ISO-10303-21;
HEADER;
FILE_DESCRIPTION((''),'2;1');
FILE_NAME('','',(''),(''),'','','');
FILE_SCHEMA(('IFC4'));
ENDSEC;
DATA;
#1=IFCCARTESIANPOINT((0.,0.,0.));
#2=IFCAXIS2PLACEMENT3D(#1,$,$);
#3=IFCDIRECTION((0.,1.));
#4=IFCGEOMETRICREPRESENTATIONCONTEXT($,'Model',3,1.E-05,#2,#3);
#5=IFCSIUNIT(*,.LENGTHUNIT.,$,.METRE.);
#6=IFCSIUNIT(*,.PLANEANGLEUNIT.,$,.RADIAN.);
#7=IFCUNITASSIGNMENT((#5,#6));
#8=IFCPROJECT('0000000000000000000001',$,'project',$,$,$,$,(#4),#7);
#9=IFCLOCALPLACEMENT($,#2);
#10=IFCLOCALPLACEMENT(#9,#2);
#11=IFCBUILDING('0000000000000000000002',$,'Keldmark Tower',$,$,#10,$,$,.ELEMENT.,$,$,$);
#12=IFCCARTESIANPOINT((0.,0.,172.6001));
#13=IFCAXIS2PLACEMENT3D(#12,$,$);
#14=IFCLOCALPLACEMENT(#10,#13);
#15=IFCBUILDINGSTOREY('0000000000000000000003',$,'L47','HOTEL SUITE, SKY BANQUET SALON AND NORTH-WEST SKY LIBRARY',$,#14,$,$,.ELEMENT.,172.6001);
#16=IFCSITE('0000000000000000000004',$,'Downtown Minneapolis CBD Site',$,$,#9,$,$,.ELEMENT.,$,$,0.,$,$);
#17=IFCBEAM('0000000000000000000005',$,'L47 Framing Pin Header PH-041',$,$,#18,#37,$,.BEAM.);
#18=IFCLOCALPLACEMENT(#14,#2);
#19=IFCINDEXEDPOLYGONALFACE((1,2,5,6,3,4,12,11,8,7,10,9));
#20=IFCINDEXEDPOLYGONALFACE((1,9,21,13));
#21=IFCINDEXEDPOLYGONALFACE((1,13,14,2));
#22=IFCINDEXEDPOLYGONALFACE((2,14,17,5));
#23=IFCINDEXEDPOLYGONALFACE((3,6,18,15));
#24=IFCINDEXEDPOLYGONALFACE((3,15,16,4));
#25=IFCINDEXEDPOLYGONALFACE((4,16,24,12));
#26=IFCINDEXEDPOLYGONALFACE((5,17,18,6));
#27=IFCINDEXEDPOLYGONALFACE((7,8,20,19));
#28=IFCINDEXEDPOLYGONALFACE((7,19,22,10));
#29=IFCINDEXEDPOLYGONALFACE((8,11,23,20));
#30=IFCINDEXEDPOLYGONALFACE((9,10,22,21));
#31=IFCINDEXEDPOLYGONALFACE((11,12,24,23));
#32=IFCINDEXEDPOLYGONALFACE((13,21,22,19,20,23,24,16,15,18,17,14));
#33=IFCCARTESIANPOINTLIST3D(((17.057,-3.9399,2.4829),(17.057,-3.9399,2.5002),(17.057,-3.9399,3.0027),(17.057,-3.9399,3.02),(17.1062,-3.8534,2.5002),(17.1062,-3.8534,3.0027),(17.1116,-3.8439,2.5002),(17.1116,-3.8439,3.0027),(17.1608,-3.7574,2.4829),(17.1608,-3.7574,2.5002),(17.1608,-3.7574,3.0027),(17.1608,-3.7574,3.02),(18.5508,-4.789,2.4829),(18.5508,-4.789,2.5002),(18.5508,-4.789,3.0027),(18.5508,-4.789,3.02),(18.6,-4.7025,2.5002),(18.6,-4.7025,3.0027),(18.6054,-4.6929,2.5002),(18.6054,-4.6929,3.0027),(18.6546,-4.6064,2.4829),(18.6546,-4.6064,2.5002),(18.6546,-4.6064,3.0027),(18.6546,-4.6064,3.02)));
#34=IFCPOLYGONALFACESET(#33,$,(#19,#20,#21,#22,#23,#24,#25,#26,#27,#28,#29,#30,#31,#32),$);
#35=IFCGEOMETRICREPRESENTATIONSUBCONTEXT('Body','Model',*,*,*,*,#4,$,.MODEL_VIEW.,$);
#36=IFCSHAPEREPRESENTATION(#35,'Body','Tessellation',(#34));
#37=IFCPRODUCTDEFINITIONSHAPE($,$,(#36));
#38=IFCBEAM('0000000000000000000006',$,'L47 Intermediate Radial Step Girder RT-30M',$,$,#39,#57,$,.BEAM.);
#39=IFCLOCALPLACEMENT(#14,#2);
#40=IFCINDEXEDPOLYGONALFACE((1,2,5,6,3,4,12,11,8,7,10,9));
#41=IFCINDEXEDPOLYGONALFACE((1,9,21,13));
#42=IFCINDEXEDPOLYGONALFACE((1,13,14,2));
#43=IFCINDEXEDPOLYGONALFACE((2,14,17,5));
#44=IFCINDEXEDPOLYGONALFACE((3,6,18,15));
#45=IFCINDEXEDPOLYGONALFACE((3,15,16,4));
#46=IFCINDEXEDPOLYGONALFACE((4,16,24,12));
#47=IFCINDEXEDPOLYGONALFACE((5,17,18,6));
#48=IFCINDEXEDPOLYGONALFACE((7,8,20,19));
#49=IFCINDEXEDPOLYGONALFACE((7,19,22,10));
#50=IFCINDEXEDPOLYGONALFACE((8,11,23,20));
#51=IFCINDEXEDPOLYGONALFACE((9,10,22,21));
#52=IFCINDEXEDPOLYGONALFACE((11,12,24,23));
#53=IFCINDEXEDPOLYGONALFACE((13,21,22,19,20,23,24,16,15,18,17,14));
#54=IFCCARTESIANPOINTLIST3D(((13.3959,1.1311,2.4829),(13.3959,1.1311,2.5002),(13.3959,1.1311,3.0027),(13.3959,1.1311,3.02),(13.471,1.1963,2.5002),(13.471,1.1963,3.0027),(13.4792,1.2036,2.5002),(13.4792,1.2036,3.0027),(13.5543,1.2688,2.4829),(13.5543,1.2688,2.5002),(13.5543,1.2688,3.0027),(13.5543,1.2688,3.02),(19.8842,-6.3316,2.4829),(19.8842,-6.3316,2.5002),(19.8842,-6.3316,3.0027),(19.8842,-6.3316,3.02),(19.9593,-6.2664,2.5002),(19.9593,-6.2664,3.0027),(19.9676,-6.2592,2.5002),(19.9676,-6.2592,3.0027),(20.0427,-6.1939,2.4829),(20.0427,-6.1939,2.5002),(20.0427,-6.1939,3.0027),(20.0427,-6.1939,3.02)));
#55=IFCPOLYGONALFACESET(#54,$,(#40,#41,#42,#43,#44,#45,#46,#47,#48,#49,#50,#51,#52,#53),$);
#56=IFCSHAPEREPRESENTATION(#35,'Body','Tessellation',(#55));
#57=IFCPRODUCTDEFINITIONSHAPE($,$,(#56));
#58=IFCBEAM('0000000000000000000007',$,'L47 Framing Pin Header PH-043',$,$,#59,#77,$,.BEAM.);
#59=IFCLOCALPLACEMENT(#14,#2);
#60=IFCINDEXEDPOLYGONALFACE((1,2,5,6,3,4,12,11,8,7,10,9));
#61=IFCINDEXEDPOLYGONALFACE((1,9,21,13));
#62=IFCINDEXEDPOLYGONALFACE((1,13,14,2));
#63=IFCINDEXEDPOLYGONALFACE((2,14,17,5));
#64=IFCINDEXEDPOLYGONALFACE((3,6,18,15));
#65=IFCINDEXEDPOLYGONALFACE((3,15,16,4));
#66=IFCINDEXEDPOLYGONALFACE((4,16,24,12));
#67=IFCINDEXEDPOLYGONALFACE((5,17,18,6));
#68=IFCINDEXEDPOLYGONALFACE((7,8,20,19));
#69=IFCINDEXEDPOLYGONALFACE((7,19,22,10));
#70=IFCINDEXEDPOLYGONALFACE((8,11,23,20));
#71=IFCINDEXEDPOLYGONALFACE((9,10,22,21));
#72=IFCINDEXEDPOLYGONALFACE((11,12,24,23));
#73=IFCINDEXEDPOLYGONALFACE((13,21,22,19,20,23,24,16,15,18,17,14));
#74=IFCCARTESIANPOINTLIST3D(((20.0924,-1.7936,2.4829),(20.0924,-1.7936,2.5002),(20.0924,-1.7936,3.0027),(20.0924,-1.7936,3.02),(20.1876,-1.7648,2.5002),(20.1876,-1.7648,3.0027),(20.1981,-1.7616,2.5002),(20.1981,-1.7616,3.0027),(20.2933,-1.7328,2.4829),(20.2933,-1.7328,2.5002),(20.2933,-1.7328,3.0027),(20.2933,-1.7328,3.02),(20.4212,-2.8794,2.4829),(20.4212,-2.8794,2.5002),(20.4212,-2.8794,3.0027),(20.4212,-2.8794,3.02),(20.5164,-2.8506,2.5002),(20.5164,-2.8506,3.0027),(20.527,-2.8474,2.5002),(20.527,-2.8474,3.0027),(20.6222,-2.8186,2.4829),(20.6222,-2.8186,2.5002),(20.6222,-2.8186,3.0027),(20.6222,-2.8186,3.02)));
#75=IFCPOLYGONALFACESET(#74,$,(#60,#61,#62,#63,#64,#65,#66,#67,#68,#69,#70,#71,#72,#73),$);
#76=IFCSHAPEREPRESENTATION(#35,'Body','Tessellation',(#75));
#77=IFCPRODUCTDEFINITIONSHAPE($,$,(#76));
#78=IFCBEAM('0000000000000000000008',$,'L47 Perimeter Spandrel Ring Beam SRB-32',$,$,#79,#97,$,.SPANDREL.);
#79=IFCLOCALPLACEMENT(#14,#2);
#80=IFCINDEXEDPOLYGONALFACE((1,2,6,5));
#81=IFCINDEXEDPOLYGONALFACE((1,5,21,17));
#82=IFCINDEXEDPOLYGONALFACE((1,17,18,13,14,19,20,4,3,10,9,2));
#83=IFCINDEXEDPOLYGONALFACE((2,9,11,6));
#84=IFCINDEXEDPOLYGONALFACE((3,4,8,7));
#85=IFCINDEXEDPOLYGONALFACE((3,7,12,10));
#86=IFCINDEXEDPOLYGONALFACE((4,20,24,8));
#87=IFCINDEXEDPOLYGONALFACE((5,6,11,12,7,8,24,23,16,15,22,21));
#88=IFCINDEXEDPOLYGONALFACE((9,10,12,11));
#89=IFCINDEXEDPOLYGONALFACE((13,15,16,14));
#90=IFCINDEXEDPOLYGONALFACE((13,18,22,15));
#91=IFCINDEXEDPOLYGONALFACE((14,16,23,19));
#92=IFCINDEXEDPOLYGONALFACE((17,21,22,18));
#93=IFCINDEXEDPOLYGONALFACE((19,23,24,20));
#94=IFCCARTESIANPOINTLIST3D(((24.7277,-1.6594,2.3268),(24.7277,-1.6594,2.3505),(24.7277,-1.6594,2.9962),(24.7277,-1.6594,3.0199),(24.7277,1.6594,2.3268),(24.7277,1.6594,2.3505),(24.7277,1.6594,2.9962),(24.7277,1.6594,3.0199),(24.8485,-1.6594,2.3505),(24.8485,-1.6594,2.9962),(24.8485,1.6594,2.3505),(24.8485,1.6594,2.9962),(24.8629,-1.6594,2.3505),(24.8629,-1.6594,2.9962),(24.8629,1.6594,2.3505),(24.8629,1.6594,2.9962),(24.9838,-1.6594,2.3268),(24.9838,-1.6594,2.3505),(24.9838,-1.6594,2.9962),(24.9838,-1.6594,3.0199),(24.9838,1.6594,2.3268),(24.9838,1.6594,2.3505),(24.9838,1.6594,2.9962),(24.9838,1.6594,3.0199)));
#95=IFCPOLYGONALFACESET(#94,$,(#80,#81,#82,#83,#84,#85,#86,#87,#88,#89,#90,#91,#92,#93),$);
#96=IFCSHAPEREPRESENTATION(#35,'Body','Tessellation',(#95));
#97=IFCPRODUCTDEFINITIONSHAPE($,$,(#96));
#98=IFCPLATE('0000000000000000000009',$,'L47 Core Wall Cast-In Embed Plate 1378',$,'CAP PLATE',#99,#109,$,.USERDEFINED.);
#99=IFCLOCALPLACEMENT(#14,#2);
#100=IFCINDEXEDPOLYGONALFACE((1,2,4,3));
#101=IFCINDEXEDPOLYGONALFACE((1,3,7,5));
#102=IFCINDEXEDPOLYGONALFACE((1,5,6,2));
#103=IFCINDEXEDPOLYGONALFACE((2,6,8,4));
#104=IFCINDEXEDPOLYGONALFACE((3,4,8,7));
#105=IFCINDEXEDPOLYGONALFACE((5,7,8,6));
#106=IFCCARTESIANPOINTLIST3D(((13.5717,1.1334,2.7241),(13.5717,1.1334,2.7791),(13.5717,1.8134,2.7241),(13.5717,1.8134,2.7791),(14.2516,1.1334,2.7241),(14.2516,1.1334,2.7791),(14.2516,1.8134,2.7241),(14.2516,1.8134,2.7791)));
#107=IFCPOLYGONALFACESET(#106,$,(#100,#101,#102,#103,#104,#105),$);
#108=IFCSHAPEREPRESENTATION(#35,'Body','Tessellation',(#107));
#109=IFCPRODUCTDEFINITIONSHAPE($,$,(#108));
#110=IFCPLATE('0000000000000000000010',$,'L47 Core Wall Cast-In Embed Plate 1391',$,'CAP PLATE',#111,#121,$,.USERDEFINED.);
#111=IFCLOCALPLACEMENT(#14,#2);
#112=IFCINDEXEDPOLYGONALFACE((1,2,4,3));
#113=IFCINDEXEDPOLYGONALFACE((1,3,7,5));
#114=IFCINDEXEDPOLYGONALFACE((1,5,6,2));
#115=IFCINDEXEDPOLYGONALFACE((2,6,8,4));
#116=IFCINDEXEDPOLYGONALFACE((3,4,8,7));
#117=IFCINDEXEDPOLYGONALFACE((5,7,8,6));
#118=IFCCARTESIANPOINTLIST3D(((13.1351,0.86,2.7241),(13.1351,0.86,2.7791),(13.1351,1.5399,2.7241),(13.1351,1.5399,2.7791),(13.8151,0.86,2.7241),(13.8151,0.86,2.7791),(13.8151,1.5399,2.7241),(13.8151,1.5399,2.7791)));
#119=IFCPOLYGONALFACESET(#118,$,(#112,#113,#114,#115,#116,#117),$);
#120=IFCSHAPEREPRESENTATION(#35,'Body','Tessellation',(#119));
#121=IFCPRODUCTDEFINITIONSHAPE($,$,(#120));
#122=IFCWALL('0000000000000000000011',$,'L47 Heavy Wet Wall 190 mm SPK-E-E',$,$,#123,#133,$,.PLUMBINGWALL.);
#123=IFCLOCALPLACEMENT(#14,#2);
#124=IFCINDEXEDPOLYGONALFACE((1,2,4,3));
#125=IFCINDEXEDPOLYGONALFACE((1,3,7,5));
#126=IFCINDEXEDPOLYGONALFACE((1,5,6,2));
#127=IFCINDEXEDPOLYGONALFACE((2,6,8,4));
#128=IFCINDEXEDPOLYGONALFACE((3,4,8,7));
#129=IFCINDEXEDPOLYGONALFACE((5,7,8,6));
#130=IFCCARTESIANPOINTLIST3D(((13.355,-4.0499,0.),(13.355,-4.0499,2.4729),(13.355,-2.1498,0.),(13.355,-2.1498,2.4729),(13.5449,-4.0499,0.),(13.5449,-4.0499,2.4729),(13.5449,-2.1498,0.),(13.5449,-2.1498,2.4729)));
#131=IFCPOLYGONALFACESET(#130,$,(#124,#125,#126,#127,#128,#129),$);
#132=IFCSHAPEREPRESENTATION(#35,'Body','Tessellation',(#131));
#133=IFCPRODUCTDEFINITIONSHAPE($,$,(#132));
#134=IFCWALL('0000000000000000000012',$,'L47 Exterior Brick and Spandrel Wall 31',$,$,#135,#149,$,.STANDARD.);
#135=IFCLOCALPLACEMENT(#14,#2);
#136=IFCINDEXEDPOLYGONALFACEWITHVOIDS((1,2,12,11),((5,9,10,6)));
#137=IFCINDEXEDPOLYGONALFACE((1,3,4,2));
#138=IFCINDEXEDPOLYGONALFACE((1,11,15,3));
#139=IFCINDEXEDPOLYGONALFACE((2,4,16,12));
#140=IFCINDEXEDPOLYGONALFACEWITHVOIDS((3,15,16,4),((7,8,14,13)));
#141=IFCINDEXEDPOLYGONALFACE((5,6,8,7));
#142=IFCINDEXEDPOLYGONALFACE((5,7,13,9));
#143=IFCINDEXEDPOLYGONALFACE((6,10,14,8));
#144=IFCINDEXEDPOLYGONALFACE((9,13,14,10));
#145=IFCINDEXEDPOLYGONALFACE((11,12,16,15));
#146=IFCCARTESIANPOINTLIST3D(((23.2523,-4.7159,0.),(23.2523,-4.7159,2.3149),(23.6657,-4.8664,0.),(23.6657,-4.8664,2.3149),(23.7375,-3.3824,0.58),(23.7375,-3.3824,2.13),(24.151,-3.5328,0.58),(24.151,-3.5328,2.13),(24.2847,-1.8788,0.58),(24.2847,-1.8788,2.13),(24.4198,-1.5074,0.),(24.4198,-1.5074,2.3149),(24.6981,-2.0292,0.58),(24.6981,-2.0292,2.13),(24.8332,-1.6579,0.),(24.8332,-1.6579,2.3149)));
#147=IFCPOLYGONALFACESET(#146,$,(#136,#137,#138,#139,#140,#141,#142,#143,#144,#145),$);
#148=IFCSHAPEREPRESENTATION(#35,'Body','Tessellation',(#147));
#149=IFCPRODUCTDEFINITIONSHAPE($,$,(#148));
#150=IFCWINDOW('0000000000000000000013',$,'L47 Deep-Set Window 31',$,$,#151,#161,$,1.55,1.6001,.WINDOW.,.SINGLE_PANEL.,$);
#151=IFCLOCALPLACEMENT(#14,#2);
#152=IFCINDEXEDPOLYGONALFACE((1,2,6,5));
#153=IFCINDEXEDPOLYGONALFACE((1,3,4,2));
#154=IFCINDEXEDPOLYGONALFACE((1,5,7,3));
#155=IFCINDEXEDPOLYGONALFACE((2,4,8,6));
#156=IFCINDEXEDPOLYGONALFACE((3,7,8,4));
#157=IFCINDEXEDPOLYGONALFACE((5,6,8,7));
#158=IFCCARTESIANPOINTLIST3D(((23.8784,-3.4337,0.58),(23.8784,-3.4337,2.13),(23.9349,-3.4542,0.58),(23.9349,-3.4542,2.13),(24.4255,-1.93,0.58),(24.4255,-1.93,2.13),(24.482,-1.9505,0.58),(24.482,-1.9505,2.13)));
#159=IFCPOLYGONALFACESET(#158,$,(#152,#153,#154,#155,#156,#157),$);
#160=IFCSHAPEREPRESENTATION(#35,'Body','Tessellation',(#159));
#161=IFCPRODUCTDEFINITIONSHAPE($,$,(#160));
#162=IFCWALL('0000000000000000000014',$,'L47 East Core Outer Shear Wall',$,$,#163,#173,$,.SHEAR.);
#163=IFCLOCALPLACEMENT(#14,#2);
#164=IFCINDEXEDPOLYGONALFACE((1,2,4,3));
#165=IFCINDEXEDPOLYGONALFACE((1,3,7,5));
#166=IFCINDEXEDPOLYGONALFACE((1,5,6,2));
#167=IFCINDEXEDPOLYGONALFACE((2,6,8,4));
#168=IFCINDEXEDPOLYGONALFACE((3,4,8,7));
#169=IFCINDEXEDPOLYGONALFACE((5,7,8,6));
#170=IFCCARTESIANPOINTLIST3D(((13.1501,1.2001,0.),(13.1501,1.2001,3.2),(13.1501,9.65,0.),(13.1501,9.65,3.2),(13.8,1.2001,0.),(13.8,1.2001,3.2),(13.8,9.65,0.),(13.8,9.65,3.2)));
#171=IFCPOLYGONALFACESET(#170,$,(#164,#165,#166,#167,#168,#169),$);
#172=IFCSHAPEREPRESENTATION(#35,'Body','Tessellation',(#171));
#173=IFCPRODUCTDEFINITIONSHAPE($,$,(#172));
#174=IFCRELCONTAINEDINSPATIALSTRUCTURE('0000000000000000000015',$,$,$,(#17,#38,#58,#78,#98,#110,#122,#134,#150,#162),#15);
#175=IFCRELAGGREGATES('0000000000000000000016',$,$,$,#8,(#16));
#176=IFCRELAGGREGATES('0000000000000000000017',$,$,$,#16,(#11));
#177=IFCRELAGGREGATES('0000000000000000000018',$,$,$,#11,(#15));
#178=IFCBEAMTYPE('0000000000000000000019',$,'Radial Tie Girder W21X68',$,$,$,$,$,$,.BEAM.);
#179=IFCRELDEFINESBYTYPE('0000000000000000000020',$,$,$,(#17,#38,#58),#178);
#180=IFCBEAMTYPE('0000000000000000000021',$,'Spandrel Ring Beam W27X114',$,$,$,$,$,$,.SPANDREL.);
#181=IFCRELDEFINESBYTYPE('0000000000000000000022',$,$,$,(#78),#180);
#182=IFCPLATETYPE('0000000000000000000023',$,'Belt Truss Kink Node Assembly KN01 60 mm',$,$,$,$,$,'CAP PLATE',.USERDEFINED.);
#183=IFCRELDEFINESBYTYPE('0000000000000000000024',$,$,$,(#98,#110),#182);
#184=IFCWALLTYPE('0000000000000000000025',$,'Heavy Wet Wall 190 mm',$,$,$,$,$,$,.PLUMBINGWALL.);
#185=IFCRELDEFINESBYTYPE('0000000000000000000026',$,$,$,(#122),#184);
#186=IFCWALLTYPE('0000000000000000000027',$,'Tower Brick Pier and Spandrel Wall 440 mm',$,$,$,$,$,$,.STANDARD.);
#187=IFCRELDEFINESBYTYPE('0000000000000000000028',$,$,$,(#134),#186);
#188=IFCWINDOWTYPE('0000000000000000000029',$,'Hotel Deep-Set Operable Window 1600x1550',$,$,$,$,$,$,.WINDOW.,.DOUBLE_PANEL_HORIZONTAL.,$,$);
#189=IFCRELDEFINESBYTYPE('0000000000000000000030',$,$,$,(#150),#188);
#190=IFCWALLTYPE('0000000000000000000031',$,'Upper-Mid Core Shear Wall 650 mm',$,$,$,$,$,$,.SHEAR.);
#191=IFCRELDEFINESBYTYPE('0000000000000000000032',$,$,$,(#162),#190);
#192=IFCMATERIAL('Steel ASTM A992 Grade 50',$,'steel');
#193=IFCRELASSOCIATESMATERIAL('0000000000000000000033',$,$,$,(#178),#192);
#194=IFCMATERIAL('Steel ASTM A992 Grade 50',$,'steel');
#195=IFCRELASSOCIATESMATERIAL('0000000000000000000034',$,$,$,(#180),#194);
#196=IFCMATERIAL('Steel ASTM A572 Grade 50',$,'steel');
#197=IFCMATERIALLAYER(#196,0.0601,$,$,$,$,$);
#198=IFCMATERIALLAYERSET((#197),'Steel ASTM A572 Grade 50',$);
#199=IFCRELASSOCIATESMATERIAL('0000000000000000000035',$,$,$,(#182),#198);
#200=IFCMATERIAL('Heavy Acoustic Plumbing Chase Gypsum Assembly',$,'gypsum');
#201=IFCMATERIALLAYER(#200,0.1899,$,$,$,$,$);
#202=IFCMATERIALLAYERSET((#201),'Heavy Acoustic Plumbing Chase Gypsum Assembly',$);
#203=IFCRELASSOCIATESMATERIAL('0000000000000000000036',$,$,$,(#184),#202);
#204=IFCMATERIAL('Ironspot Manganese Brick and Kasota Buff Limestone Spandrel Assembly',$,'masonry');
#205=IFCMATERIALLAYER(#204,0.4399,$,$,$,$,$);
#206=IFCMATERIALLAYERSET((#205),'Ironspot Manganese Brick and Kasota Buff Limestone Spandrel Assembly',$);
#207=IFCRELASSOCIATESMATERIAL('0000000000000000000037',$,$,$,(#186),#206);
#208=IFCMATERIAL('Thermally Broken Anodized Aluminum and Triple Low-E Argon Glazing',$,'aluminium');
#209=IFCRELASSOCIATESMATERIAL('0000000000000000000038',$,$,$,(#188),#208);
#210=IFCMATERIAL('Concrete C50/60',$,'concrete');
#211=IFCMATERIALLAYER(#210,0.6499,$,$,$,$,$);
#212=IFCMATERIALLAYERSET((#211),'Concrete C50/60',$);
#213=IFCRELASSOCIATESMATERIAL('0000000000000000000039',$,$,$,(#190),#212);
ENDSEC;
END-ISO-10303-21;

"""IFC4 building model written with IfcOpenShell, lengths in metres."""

from ifc_helpers import new_model, si_unit, direction, frame, frame_2d, origin, origin_2d, place, context, subcontext, project, spatial, rectangle, i_section, extrude, material, layer, layer_set, material_profile, profile_set, type_object, element, fill, save


model = new_model("IFC4")

# Units and contexts
model_context = context("Model", 3, precision=1e-05, world=origin(), true_north=direction((0.0, 1.0)))
body_context = subcontext(model_context, "Body", "Model", "MODEL_VIEW")
ifc_project = project(units=[si_unit("LENGTHUNIT", "METRE"), si_unit("PLANEANGLEUNIT", "RADIAN")], contexts=[model_context])

# Site, building, storey
site_placement = place(None, origin())
site = spatial("IfcSite", under=ifc_project, at=site_placement, Name="Downtown Minneapolis CBD Site", CompositionType="ELEMENT", RefElevation=0.0)
building_placement = place(site_placement, origin())
building = spatial("IfcBuilding", under=site, at=building_placement, Name="Keldmark Tower", CompositionType="ELEMENT")
storey_placement = place(building_placement, frame((0.0, 0.0, 172.6001)))
storey = spatial("IfcBuildingStorey", under=building, at=storey_placement, Name="L47", Description="HOTEL SUITE, SKY BANQUET SALON AND NORTH-WEST SKY LIBRARY", CompositionType="ELEMENT", Elevation=172.6001)

# Beams
ifc_material_1 = material(Name="Steel ASTM A992 Grade 50", Category="steel")
ifc_material_profile_1 = material_profile(ifc_material_1, i_section(OverallWidth=0.21, OverallDepth=0.5371, WebThickness=0.011, FlangeThickness=0.0173, at=origin_2d()), Name="W21X68")
ifc_profile_set_1 = profile_set([ifc_material_profile_1], Name="Steel ASTM A992 Grade 50")
beam_type_1 = type_object("IfcBeamType", Name="Radial Tie Girder W21X68", PredefinedType="BEAM", material=ifc_profile_set_1)
beam_1_placement = place(storey_placement, frame((17.1089, -3.8486, 2.7515), z_axis=(0.869377, -0.494149, 0.0), x_axis=(0.494149, 0.869377, 0.0)))
element("IfcBeam", 1, at=beam_1_placement, inside=storey, type_object=beam_type_1, Name="L47 Framing Pin Header PH-041", PredefinedType="BEAM", context=body_context, shape_type="SweptSolid", body=[
    extrude(i_section(OverallWidth=0.21, OverallDepth=0.5371, WebThickness=0.011, FlangeThickness=0.0173, at=origin_2d()), origin(), (0.0, 0.0, 1.0), 1.7183),
])
beam_2_placement = place(storey_placement, frame((13.4751, 1.2, 2.7515), z_axis=(0.656122, -0.754654, 0.0), x_axis=(0.754654, 0.656122, 0.0)))
element("IfcBeam", 2, at=beam_2_placement, inside=storey, type_object=beam_type_1, Name="L47 Intermediate Radial Step Girder RT-30M", PredefinedType="BEAM", context=body_context, shape_type="SweptSolid", body=[
    extrude(i_section(OverallWidth=0.21, OverallDepth=0.5371, WebThickness=0.011, FlangeThickness=0.0173, at=origin_2d()), origin(), (0.0, 0.0, 1.0), 9.8889),
])
beam_3_placement = place(storey_placement, frame((20.1929, -1.7632, 2.7515), z_axis=(0.289834, -0.957077, 0.0), x_axis=(0.957077, 0.289834, 0.0)))
element("IfcBeam", 3, at=beam_3_placement, inside=storey, type_object=beam_type_1, Name="L47 Framing Pin Header PH-043", PredefinedType="BEAM", context=body_context, shape_type="SweptSolid", body=[
    extrude(i_section(OverallWidth=0.21, OverallDepth=0.5371, WebThickness=0.011, FlangeThickness=0.0173, at=origin_2d()), origin(), (0.0, 0.0, 1.0), 1.1345),
])
ifc_material_2 = material(Name="Steel ASTM A992 Grade 50", Category="steel")
ifc_material_profile_2 = material_profile(ifc_material_2, i_section(OverallWidth=0.2561, OverallDepth=0.6931, WebThickness=0.0144, FlangeThickness=0.0237, at=origin_2d()), Name="W27X114")
ifc_profile_set_2 = profile_set([ifc_material_profile_2], Name="Steel ASTM A992 Grade 50")
beam_type_2 = type_object("IfcBeamType", Name="Spandrel Ring Beam W27X114", PredefinedType="SPANDREL", material=ifc_profile_set_2)
beam_4_placement = place(storey_placement, frame((24.8557, -1.6594, 2.6733), z_axis=(0.0, 1.0, 0.0), x_axis=(-1.0, 0.0, 0.0)))
element("IfcBeam", 4, at=beam_4_placement, inside=storey, type_object=beam_type_2, Name="L47 Perimeter Spandrel Ring Beam SRB-32", PredefinedType="SPANDREL", context=body_context, shape_type="SweptSolid", body=[
    extrude(i_section(OverallWidth=0.2561, OverallDepth=0.6931, WebThickness=0.0144, FlangeThickness=0.0237, at=origin_2d()), origin(), (0.0, 0.0, 1.0), 3.3188),
])

# Plates
ifc_material_3 = material(Name="Steel ASTM A572 Grade 50", Category="steel")
ifc_layer_1 = layer(ifc_material_3, 0.0601)
ifc_layer_set_1 = layer_set([ifc_layer_1], Name="Steel ASTM A572 Grade 50")
plate_type = type_object("IfcPlateType", Name="Belt Truss Kink Node Assembly KN01 60 mm", ElementType="CAP PLATE", PredefinedType="USERDEFINED", material=ifc_layer_set_1)
for number, where, z_axis, x_axis, name in (
    (5, (13.9116, 1.4734, 2.7241), (0.0, 0.0, 1.0), (1.0, 0.0, 0.0), "L47 Core Wall Cast-In Embed Plate 1378"),
    (6, (13.4751, 1.2, 2.7241), (0.0, 0.0, 1.0), (1.0, 0.0, 0.0), "L47 Core Wall Cast-In Embed Plate 1391"),
):
    element("IfcPlate", number, at=place(storey_placement, frame(where, z_axis=z_axis, x_axis=x_axis)), inside=storey, type_object=plate_type, Name=name, ObjectType="CAP PLATE", PredefinedType="USERDEFINED", context=body_context, shape_type="SweptSolid", body=[
        extrude(rectangle(XDim=0.6799, YDim=0.6799, at=origin_2d()), origin(), (0.0, 0.0, 1.0), 0.0549),
    ])

# Wall
ifc_material_4 = material(Name="Heavy Acoustic Plumbing Chase Gypsum Assembly", Category="gypsum")
ifc_layer_2 = layer(ifc_material_4, 0.1899)
ifc_layer_set_2 = layer_set([ifc_layer_2], Name="Heavy Acoustic Plumbing Chase Gypsum Assembly")
wall_type_1 = type_object("IfcWallType", Name="Heavy Wet Wall 190 mm", PredefinedType="PLUMBINGWALL", material=ifc_layer_set_2)
wall_1_placement = place(storey_placement, frame((13.45, -4.05, 0.0), z_axis=(0.0, 0.0, 1.0), x_axis=(0.0, 1.0, 0.0)))
element("IfcWall", 7, at=wall_1_placement, inside=storey, type_object=wall_type_1, Name="L47 Heavy Wet Wall 190 mm SPK-E-E", PredefinedType="PLUMBINGWALL", context=body_context, shape_type="SweptSolid", body=[
    extrude(rectangle(XDim=1.9001, YDim=0.1899, at=frame_2d((0.9502, 0.0))), origin(), (0.0, 0.0, 1.0), 2.4729),
])

# Wall, opening, window
ifc_material_5 = material(Name="Ironspot Manganese Brick and Kasota Buff Limestone Spandrel Assembly", Category="masonry")
ifc_layer_3 = layer(ifc_material_5, 0.4399)
ifc_layer_set_3 = layer_set([ifc_layer_3], Name="Ironspot Manganese Brick and Kasota Buff Limestone Spandrel Assembly")
wall_type_2 = type_object("IfcWallType", Name="Tower Brick Pier and Spandrel Wall 440 mm", PredefinedType="STANDARD", material=ifc_layer_set_3)
wall_2_placement = place(storey_placement, frame((24.6265, -1.5828, 0.0), z_axis=(0.0, 0.0, 1.0), x_axis=(-0.341938, -0.939722, 0.0)))
wall_2 = element("IfcWall", 8, at=wall_2_placement, inside=storey, type_object=wall_type_2, Name="L47 Exterior Brick and Spandrel Wall 31", PredefinedType="STANDARD", context=body_context, shape_type="SweptSolid", body=[
    extrude(rectangle(XDim=3.4143, YDim=0.4399, at=frame_2d((1.707, 0.0))), origin(), (0.0, 0.0, 1.0), 2.3149),
])
opening_1_placement = place(wall_2_placement, frame((0.395, 0.0, 0.5801)))
opening_1 = element("IfcOpeningElement", 9, at=opening_1_placement, cuts=wall_2, PredefinedType="OPENING", context=body_context, shape_type="SweptSolid", body=[
    extrude(rectangle(XDim=1.6001, YDim=1.55, at=frame_2d((0.8, 0.7749))), frame((0.0, 0.23, 0.0), z_axis=(0.0, -1.0, 0.0), x_axis=(1.0, 0.0, 0.0)), (0.0, 0.0, 1.0), 0.46),
])
ifc_material_6 = material(Name="Thermally Broken Anodized Aluminum and Triple Low-E Argon Glazing", Category="aluminium")
window_type = type_object("IfcWindowType", Name="Hotel Deep-Set Operable Window 1600x1550", PartitioningType="DOUBLE_PANEL_HORIZONTAL", PredefinedType="WINDOW", material=ifc_material_6)
window_placement = place(opening_1_placement, origin())
window = element("IfcWindow", 10, at=window_placement, inside=storey, type_object=window_type, Name="L47 Deep-Set Window 31", OverallHeight=1.55, OverallWidth=1.6001, PartitioningType="SINGLE_PANEL", PredefinedType="WINDOW", context=body_context, shape_type="SweptSolid", body=[
    extrude(rectangle(XDim=1.6001, YDim=1.55, at=frame_2d((0.8, 0.7749))), frame((0.0, -0.01, 0.0), z_axis=(0.0, -1.0, 0.0), x_axis=(1.0, 0.0, 0.0)), (0.0, 0.0, 1.0), 0.0601),
])
fill(opening_1, window)

# Wall
ifc_material_7 = material(Name="Concrete C50/60", Category="concrete")
ifc_layer_4 = layer(ifc_material_7, 0.6499)
ifc_layer_set_4 = layer_set([ifc_layer_4], Name="Concrete C50/60")
wall_type_3 = type_object("IfcWallType", Name="Upper-Mid Core Shear Wall 650 mm", PredefinedType="SHEAR", material=ifc_layer_set_4)
wall_3_placement = place(storey_placement, frame((13.4751, 1.2, 0.0), z_axis=(0.0, 0.0, 1.0), x_axis=(0.0, 1.0, 0.0)))
element("IfcWall", 11, at=wall_3_placement, inside=storey, type_object=wall_type_3, Name="L47 East Core Outer Shear Wall", PredefinedType="SHEAR", context=body_context, shape_type="SweptSolid", body=[
    extrude(rectangle(XDim=8.45, YDim=0.6499, at=frame_2d((4.2251, 0.0))), origin(), (0.0, 0.0, 1.0), 3.2),
])

save(model, "model.ifc")
